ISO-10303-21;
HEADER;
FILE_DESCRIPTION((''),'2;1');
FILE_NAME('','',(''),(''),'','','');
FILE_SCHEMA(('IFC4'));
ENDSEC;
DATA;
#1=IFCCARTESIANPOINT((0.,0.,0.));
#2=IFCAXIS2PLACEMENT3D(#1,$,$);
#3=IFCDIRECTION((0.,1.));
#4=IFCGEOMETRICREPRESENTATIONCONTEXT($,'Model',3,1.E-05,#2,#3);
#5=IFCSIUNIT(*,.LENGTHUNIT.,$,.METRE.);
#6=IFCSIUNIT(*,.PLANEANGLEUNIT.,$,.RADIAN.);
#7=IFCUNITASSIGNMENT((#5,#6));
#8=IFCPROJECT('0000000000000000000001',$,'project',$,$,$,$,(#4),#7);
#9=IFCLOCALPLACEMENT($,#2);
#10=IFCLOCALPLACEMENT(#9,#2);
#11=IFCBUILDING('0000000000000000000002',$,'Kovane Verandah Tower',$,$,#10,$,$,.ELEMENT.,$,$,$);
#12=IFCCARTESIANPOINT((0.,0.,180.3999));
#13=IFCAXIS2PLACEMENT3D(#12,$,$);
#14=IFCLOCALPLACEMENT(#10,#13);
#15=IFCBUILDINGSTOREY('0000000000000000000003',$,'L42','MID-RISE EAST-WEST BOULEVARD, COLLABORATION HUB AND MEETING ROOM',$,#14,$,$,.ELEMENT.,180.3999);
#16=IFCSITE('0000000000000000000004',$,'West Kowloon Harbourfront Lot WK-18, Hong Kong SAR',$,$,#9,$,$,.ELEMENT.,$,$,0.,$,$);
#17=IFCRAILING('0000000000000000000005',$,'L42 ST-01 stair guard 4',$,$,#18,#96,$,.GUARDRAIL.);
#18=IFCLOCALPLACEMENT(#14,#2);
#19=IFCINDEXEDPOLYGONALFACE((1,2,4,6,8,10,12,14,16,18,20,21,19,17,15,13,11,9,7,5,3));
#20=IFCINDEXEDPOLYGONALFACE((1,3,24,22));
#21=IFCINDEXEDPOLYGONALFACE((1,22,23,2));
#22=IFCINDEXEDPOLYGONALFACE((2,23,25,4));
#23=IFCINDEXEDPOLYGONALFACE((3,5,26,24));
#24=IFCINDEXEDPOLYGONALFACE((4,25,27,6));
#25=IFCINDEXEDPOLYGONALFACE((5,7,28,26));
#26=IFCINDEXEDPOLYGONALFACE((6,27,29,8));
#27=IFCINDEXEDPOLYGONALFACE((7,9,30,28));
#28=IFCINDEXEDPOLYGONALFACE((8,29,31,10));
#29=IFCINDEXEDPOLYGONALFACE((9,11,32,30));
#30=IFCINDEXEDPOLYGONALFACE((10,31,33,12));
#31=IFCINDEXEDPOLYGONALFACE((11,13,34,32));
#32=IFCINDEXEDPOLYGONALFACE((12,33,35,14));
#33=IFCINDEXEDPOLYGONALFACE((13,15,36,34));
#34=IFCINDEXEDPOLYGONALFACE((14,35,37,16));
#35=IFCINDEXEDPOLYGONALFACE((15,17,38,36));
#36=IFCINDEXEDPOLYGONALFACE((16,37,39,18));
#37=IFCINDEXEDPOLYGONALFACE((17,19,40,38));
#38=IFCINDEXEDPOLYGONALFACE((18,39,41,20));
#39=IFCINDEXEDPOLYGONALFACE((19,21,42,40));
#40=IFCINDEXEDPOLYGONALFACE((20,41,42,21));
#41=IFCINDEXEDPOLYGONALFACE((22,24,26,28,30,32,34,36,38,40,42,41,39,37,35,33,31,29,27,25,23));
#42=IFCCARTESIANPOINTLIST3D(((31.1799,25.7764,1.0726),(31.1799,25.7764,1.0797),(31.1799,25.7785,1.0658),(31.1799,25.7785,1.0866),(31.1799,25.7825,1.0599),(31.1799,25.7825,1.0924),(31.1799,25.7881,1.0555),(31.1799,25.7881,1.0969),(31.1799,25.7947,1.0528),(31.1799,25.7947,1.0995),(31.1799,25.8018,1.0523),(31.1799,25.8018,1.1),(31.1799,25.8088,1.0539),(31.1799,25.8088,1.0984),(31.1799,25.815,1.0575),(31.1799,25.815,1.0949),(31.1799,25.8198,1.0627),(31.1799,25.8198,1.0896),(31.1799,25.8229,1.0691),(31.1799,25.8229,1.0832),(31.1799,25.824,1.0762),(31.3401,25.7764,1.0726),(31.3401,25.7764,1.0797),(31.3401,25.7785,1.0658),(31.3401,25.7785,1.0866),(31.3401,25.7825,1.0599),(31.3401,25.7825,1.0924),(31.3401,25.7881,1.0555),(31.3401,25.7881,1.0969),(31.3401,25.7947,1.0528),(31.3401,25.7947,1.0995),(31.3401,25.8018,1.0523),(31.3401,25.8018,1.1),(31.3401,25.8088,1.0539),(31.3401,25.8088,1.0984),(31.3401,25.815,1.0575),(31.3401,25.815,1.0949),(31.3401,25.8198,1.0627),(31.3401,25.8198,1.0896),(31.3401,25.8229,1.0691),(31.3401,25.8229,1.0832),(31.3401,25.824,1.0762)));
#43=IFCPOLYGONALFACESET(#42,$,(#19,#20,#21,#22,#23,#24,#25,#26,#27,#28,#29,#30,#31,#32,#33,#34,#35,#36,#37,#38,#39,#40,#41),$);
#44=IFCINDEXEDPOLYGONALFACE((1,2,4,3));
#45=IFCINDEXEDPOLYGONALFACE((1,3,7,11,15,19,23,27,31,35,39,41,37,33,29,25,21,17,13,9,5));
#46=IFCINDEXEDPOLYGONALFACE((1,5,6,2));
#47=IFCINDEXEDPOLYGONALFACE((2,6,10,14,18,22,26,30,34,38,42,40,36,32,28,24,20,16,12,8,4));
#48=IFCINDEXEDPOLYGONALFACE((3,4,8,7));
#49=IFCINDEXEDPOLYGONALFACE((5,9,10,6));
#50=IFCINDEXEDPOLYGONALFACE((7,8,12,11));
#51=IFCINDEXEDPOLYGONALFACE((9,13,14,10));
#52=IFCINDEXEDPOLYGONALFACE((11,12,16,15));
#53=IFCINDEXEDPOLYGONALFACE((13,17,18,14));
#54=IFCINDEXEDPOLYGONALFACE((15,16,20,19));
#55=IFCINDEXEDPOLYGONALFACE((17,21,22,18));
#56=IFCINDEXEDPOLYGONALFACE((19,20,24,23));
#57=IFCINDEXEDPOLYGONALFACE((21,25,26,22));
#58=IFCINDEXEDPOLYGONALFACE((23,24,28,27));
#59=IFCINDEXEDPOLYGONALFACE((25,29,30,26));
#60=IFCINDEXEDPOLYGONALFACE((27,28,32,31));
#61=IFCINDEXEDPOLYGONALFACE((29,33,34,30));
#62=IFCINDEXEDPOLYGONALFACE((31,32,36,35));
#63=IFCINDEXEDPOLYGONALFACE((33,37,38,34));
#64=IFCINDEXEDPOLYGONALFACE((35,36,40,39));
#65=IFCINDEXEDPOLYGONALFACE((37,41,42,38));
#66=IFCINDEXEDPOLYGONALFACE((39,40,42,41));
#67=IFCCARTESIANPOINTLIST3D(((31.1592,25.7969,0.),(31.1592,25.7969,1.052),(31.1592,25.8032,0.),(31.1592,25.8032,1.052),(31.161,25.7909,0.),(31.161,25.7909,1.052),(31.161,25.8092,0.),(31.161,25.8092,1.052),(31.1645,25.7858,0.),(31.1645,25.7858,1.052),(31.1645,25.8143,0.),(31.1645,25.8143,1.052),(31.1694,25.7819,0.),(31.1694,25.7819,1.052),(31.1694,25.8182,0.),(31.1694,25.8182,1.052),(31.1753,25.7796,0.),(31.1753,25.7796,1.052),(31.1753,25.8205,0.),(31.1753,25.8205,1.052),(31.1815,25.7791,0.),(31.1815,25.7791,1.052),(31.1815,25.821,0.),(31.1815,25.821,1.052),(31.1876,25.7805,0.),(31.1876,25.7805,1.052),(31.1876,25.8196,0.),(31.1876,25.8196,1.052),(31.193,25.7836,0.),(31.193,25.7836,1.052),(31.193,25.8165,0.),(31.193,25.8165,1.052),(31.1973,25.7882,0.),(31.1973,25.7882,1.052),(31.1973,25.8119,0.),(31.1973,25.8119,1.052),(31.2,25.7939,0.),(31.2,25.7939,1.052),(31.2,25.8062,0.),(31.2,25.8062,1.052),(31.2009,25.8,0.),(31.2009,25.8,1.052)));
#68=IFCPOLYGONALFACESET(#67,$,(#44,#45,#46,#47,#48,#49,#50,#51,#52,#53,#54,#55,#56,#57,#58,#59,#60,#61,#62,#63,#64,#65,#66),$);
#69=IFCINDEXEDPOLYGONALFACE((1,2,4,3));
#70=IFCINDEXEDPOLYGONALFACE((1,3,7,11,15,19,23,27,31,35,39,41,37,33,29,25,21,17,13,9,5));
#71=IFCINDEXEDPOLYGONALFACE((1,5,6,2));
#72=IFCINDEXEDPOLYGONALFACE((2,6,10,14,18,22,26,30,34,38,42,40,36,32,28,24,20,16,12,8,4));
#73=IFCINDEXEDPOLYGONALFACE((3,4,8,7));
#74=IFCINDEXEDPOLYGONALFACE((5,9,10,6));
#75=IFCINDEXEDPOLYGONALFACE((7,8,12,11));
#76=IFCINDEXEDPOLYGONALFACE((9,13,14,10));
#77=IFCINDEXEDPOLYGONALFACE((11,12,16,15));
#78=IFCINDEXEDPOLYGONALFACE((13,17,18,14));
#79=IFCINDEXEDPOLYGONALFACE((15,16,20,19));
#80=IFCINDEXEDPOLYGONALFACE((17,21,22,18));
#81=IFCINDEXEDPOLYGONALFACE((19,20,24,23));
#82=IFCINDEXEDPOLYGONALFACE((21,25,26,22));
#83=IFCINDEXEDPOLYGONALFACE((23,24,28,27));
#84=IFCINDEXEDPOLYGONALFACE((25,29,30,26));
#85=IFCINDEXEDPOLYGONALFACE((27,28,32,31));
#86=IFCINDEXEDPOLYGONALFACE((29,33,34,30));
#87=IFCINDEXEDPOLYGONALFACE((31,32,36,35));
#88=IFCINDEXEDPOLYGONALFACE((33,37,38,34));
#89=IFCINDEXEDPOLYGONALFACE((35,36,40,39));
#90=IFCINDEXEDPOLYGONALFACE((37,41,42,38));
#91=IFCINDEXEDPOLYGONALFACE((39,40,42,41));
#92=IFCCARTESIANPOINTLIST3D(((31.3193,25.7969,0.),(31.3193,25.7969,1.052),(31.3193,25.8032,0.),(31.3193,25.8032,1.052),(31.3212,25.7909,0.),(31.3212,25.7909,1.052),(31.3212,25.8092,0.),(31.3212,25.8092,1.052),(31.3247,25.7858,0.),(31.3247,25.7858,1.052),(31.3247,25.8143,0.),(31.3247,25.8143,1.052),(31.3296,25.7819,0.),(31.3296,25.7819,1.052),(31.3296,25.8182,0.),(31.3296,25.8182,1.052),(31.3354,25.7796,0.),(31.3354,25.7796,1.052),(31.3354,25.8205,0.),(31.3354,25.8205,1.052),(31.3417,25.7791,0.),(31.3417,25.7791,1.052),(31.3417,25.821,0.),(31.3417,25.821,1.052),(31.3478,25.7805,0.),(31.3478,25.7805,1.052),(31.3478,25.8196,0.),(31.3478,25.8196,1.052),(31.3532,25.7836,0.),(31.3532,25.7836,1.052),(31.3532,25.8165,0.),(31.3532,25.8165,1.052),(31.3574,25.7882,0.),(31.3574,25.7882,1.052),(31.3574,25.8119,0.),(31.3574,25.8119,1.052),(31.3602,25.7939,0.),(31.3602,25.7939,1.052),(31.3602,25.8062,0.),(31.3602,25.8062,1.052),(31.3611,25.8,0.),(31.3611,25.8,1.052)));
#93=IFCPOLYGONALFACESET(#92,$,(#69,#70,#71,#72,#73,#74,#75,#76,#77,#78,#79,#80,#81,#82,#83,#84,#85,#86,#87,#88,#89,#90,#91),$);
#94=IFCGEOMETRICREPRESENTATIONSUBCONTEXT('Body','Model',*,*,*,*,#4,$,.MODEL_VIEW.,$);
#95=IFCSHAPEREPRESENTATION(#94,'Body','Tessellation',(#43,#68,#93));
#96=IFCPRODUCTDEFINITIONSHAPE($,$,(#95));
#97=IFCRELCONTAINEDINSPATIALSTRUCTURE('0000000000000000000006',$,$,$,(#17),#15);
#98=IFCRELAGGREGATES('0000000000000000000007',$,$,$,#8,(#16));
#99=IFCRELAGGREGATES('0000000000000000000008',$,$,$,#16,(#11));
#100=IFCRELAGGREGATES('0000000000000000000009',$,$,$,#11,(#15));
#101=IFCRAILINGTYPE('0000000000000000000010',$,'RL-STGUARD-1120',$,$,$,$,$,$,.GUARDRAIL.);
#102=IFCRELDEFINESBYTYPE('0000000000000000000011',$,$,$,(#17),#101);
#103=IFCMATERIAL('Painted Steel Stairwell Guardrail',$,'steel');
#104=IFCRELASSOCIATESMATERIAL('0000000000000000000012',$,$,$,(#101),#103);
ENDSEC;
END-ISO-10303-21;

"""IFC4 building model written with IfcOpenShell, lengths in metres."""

from ifc_helpers import new_model, si_unit, direction, frame, origin, origin_2d, place, context, subcontext, project, spatial, circle, extrude, material, type_object, element, save


model = new_model("IFC4")

# Units and contexts
model_context = context("Model", 3, precision=1e-05, world=origin(), true_north=direction((0.0, 1.0)))
body_context = subcontext(model_context, "Body", "Model", "MODEL_VIEW")
ifc_project = project(units=[si_unit("LENGTHUNIT", "METRE"), si_unit("PLANEANGLEUNIT", "RADIAN")], contexts=[model_context])

# Site, building, storey
site_placement = place(None, origin())
site = spatial("IfcSite", under=ifc_project, at=site_placement, Name="West Kowloon Harbourfront Lot WK-18, Hong Kong SAR", CompositionType="ELEMENT", RefElevation=0.0)
building_placement = place(site_placement, origin())
building = spatial("IfcBuilding", under=site, at=building_placement, Name="Kovane Verandah Tower", CompositionType="ELEMENT")
storey_placement = place(building_placement, frame((0.0, 0.0, 180.3999)))
storey = spatial("IfcBuildingStorey", under=building, at=storey_placement, Name="L42", Description="MID-RISE EAST-WEST BOULEVARD, COLLABORATION HUB AND MEETING ROOM", CompositionType="ELEMENT", Elevation=180.3999)

# Railing
ifc_material_1 = material(Name="Painted Steel Stairwell Guardrail", Category="steel")
railing_type_1 = type_object("IfcRailingType", Name="RL-STGUARD-1120", PredefinedType="GUARDRAIL", material=ifc_material_1)
railing_1_placement = place(storey_placement, frame((31.1799, 25.8, 0.0)))
element("IfcRailing", 1, at=railing_1_placement, inside=storey, type_object=railing_type_1, Name="L42 ST-01 stair guard 4", PredefinedType="GUARDRAIL", context=body_context, shape_type="SweptSolid", body=[
    extrude(circle(Radius=0.0239, at=origin_2d()), frame((0.0, 0.0, 1.0762), z_axis=(1.0, 0.0, 0.0), x_axis=(0.0, 1.0, 0.0)), (0.0, 0.0, 1.0), 0.1602),
    extrude(circle(Radius=0.021, at=origin_2d()), origin(), (0.0, 0.0, 1.0), 1.052),
    extrude(circle(Radius=0.021, at=origin_2d()), frame((0.1602, 0.0, 0.0)), (0.0, 0.0, 1.0), 1.052),
])

save(model, "model.ifc")
